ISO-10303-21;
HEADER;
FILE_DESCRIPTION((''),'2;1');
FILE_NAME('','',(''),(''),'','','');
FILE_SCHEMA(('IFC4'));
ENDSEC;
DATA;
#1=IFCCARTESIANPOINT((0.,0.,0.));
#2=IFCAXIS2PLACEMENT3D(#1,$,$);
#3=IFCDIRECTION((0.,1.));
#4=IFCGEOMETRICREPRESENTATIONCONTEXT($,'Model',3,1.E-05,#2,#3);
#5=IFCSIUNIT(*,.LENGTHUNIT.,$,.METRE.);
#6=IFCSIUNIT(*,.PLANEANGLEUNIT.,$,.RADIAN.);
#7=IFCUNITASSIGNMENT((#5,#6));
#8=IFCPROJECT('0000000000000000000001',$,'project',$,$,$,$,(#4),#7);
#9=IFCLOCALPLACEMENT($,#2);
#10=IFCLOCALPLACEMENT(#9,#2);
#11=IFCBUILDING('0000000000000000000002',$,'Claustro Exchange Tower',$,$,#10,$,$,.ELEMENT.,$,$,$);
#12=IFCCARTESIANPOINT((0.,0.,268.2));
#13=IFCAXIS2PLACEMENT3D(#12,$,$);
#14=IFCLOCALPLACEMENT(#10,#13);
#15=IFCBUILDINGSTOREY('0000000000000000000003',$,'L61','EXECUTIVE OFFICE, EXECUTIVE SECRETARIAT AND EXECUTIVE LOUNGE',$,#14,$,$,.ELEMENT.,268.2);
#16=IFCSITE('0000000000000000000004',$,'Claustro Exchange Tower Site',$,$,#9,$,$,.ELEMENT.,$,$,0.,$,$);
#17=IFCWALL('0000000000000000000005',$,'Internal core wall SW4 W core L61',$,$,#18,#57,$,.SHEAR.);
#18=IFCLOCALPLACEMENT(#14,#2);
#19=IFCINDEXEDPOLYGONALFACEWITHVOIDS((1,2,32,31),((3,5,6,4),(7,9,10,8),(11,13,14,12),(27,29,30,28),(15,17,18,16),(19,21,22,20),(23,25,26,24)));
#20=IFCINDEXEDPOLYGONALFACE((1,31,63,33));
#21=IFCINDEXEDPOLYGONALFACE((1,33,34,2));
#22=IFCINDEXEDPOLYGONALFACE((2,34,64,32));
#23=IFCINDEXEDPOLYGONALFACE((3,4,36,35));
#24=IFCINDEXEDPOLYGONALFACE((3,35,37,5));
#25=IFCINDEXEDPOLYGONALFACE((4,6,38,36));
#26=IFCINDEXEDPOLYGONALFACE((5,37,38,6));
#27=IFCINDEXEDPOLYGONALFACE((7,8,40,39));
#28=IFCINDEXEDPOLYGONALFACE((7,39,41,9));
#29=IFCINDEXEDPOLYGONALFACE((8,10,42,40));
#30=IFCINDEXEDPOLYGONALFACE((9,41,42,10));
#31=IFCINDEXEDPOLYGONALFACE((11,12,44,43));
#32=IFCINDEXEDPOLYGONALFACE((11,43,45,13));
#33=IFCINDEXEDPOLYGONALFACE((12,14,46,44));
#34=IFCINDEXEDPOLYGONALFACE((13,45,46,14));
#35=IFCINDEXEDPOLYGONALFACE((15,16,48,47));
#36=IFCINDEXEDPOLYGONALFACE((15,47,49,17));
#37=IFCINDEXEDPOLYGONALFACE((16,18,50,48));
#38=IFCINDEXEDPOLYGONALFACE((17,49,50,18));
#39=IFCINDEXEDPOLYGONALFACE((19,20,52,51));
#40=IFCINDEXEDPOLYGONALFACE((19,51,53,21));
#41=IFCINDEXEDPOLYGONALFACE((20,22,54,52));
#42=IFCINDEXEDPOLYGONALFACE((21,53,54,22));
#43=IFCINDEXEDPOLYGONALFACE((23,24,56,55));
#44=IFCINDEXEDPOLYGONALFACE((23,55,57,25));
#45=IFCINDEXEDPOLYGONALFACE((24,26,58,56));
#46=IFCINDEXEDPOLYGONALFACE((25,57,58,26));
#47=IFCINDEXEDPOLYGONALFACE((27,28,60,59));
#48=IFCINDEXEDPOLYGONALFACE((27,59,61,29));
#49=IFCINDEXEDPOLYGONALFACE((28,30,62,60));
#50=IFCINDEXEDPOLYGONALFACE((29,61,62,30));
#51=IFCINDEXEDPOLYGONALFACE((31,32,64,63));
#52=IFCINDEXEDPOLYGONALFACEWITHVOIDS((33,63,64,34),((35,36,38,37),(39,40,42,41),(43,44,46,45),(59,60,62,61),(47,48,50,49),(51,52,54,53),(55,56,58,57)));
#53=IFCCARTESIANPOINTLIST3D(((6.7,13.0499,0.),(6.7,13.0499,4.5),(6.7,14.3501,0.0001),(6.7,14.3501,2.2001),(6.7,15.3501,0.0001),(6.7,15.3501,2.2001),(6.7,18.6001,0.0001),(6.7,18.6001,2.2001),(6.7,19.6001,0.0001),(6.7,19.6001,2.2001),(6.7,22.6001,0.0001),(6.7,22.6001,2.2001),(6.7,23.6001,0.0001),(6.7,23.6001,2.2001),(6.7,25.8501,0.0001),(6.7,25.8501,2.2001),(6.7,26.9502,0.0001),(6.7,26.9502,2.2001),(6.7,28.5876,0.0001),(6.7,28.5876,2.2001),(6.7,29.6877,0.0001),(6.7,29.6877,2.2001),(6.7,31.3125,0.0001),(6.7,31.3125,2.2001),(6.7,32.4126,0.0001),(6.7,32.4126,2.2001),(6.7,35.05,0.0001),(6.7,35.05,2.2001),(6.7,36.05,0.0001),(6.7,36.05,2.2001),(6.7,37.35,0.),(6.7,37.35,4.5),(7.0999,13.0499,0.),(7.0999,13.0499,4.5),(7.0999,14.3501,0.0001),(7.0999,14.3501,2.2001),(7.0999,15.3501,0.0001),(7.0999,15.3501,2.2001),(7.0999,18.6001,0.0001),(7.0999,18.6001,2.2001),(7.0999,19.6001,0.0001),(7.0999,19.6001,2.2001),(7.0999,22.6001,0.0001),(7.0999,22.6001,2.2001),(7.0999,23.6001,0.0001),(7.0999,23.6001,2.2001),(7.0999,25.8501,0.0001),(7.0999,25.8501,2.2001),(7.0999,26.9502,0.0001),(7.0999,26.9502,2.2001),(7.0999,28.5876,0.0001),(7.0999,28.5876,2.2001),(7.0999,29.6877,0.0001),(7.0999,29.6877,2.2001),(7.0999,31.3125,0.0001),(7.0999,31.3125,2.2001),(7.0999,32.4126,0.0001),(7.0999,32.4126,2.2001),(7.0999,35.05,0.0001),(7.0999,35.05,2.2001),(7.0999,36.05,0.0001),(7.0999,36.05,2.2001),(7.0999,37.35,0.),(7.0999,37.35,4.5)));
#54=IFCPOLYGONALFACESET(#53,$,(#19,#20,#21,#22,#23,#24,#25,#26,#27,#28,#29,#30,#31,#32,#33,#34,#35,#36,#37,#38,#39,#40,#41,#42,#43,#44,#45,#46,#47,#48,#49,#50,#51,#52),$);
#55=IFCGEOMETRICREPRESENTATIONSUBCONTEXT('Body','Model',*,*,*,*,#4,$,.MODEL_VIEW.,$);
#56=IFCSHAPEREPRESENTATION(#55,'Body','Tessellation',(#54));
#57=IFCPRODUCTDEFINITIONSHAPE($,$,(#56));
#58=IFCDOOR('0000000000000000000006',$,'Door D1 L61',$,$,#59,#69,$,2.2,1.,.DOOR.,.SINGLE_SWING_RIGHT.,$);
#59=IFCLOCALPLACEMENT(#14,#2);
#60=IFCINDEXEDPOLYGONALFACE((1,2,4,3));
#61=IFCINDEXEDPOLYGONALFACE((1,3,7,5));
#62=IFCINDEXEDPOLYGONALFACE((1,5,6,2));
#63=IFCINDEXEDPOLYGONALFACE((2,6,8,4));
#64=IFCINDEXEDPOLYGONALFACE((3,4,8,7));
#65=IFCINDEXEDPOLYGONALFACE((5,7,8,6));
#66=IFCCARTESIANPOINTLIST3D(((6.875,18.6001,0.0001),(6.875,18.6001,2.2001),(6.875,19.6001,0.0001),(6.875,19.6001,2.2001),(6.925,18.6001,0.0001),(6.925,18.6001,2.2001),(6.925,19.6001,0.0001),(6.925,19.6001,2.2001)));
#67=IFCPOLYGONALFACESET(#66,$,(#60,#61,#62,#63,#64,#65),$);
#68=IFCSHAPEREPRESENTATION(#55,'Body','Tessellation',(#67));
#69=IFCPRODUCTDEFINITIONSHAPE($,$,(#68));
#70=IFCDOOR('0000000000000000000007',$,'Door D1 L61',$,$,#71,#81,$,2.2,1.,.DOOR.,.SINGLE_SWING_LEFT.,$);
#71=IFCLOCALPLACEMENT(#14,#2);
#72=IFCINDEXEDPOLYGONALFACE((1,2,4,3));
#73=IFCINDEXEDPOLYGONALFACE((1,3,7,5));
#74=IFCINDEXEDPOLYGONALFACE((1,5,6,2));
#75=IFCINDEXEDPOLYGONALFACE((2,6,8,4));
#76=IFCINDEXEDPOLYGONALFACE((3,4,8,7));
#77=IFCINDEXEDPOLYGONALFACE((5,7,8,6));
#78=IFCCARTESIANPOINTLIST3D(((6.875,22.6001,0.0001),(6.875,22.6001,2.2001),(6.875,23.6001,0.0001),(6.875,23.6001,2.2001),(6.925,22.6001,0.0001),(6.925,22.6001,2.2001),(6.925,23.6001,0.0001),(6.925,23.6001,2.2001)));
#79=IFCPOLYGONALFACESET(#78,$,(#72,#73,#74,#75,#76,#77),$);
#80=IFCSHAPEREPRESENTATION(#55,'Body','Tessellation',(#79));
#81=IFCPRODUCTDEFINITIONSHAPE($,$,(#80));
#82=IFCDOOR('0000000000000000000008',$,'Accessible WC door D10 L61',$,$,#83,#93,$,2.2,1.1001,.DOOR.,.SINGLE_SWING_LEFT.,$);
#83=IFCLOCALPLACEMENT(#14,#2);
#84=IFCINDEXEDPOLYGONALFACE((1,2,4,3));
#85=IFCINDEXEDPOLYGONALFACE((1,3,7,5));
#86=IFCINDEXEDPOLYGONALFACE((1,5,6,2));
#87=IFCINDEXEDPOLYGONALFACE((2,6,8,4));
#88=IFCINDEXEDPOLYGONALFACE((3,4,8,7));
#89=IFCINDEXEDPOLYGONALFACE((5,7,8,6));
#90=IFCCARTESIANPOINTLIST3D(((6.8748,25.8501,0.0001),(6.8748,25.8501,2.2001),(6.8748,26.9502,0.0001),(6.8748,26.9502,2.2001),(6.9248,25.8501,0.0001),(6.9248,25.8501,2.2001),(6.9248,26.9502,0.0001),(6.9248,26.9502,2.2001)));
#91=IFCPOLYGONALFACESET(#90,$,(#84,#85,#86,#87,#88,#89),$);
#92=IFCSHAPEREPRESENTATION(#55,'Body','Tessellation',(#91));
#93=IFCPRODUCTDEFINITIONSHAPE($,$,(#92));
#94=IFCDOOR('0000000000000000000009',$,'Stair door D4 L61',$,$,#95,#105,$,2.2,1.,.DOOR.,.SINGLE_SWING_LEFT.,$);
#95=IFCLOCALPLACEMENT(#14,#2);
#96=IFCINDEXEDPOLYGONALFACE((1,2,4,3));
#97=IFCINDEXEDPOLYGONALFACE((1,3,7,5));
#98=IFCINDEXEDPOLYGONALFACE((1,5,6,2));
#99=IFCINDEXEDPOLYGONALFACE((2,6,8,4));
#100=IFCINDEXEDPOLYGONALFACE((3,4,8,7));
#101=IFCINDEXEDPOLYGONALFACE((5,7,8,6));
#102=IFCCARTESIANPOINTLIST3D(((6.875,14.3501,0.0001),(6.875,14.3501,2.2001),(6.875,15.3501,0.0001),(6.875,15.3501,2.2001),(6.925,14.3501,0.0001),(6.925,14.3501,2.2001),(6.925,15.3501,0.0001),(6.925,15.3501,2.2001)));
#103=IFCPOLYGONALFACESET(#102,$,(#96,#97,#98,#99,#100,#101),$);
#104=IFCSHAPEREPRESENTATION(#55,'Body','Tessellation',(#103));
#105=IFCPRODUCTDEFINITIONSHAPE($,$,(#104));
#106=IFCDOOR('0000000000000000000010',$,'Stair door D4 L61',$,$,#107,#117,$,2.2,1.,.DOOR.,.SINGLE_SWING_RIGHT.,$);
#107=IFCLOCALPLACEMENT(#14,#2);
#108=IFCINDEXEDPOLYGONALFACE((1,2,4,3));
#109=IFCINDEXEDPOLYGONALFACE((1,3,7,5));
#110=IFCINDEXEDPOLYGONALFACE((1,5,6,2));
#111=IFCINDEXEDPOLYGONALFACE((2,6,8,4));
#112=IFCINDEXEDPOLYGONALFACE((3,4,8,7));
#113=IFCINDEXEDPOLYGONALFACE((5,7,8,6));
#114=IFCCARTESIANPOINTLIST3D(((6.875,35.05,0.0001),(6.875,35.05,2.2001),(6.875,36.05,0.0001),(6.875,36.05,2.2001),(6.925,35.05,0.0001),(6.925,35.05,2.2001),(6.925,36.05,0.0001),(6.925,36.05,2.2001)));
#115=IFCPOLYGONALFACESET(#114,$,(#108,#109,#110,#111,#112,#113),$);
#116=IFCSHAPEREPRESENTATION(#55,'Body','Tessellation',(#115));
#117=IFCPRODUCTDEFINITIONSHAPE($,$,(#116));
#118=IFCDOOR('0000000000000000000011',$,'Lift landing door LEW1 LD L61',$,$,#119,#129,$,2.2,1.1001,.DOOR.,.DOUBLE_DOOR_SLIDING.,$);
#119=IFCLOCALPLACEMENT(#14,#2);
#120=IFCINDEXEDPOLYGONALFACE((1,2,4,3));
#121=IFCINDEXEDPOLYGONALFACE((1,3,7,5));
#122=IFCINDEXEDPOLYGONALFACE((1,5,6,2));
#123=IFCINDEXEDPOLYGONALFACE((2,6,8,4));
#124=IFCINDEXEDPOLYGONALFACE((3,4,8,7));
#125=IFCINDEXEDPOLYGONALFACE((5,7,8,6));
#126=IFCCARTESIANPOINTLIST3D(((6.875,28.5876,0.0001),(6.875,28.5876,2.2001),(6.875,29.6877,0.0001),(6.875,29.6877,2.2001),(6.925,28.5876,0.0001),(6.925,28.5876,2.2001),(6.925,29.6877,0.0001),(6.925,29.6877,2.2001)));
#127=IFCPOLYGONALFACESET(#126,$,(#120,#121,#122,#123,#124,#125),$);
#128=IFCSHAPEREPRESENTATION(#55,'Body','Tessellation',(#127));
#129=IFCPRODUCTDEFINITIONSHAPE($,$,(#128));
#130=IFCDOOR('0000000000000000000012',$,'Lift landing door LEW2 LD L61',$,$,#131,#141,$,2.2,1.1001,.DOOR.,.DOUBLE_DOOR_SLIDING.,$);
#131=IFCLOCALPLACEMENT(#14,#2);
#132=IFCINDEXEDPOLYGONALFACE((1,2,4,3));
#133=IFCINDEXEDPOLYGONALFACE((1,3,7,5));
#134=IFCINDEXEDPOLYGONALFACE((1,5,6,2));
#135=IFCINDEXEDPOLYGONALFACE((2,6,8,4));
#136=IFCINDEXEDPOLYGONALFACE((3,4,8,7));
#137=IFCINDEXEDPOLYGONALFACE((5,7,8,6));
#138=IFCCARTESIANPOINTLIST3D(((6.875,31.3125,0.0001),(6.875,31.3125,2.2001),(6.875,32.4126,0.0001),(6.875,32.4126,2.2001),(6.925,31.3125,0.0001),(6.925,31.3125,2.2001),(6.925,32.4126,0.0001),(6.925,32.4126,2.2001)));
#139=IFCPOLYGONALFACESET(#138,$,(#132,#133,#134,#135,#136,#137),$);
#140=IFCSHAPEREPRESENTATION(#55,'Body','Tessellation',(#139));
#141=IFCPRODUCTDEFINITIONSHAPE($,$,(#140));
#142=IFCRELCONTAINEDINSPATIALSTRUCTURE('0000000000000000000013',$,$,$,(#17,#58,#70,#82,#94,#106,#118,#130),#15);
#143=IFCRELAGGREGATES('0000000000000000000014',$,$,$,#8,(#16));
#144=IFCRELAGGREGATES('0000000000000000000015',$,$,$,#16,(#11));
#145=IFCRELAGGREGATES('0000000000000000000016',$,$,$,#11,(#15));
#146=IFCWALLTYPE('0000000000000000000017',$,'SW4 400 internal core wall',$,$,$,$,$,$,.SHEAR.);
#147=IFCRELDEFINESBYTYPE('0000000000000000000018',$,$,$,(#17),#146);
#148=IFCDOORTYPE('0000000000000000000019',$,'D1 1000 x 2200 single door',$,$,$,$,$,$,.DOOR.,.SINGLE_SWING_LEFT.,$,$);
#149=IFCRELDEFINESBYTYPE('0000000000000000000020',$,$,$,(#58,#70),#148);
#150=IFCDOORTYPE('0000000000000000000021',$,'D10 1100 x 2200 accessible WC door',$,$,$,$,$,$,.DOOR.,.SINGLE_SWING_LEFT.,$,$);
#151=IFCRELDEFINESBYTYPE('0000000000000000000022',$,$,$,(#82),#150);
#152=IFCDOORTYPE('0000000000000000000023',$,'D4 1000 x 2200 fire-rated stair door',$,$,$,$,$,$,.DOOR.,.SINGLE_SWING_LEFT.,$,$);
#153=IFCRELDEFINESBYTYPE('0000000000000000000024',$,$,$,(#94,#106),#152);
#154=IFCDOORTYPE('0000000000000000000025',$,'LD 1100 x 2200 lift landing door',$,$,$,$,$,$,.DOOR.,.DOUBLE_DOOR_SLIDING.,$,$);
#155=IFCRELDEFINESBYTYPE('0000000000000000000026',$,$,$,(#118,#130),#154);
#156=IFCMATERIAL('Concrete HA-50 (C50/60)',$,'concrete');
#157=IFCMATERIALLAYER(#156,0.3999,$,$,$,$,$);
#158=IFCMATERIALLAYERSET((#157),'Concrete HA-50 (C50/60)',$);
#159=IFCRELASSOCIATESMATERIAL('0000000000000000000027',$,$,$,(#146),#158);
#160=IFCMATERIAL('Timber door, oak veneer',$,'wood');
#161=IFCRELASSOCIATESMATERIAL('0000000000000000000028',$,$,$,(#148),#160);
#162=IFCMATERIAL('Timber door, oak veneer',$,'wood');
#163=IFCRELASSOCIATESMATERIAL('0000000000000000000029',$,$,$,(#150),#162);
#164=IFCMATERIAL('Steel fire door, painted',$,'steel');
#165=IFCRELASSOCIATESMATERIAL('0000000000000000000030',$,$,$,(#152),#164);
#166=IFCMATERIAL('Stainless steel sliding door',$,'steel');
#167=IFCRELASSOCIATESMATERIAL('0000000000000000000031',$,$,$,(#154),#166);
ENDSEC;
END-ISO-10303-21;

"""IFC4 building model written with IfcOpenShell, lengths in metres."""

from ifc_helpers import new_model, si_unit, direction, frame, frame_2d, origin, place, context, subcontext, project, spatial, rectangle, extrude, material, layer, layer_set, type_object, element, fill, save


model = new_model("IFC4")

# Units and contexts
model_context = context("Model", 3, precision=1e-05, world=origin(), true_north=direction((0.0, 1.0)))
body_context = subcontext(model_context, "Body", "Model", "MODEL_VIEW")
ifc_project = project(units=[si_unit("LENGTHUNIT", "METRE"), si_unit("PLANEANGLEUNIT", "RADIAN")], contexts=[model_context])

# Site, building, storey
site_placement = place(None, origin())
site = spatial("IfcSite", under=ifc_project, at=site_placement, Name="Claustro Exchange Tower Site", CompositionType="ELEMENT", RefElevation=0.0)
building_placement = place(site_placement, origin())
building = spatial("IfcBuilding", under=site, at=building_placement, Name="Claustro Exchange Tower", CompositionType="ELEMENT")
storey_placement = place(building_placement, frame((0.0, 0.0, 268.2)))
storey = spatial("IfcBuildingStorey", under=building, at=storey_placement, Name="L61", Description="EXECUTIVE OFFICE, EXECUTIVE SECRETARIAT AND EXECUTIVE LOUNGE", CompositionType="ELEMENT", Elevation=268.2)

# Wall, openings, doors
ifc_material_1 = material(Name="Concrete HA-50 (C50/60)", Category="concrete")
ifc_layer_1 = layer(ifc_material_1, 0.3999)
ifc_layer_set_1 = layer_set([ifc_layer_1], Name="Concrete HA-50 (C50/60)")
wall_type_1 = type_object("IfcWallType", Name="SW4 400 internal core wall", PredefinedType="SHEAR", material=ifc_layer_set_1)
wall_1_placement = place(storey_placement, frame((6.8999, 13.05, 0.0), z_axis=(0.0, 0.0, 1.0), x_axis=(0.0, 1.0, 0.0)))
wall_1 = element("IfcWall", 1, at=wall_1_placement, inside=storey, type_object=wall_type_1, Name="Internal core wall SW4 W core L61", PredefinedType="SHEAR", context=body_context, shape_type="SweptSolid", body=[
    extrude(rectangle(XDim=24.3, YDim=0.3999, at=frame_2d((12.1499, 0.0))), origin(), (0.0, 0.0, 1.0), 4.5),
])
opening_1_placement = place(wall_1_placement, frame((1.3, 0.0, 0.0)))
opening_1 = element("IfcOpeningElement", 2, at=opening_1_placement, cuts=wall_1, PredefinedType="OPENING", context=body_context, shape_type="SweptSolid", body=[
    extrude(rectangle(XDim=1.0, YDim=2.2, at=frame_2d((0.5, 1.1001))), frame((0.0, 0.21, 0.0), z_axis=(0.0, -1.0, 0.0), x_axis=(1.0, 0.0, 0.0)), (0.0, 0.0, 1.0), 0.4199),
])
opening_2_placement = place(wall_1_placement, frame((22.0, 0.0, 0.0)))
opening_2 = element("IfcOpeningElement", 3, at=opening_2_placement, cuts=wall_1, PredefinedType="OPENING", context=body_context, shape_type="SweptSolid", body=[
    extrude(rectangle(XDim=1.0, YDim=2.2, at=frame_2d((0.5, 1.1001))), frame((0.0, 0.21, 0.0), z_axis=(0.0, -1.0, 0.0), x_axis=(1.0, 0.0, 0.0)), (0.0, 0.0, 1.0), 0.4199),
])
opening_3_placement = place(wall_1_placement, frame((5.55, 0.0, 0.0)))
opening_3 = element("IfcOpeningElement", 4, at=opening_3_placement, cuts=wall_1, PredefinedType="OPENING", context=body_context, shape_type="SweptSolid", body=[
    extrude(rectangle(XDim=1.0, YDim=2.2, at=frame_2d((0.5, 1.1001))), frame((0.0, 0.21, 0.0), z_axis=(0.0, -1.0, 0.0), x_axis=(1.0, 0.0, 0.0)), (0.0, 0.0, 1.0), 0.4199),
])
opening_4_placement = place(wall_1_placement, frame((9.55, 0.0, 0.0)))
opening_4 = element("IfcOpeningElement", 5, at=opening_4_placement, cuts=wall_1, PredefinedType="OPENING", context=body_context, shape_type="SweptSolid", body=[
    extrude(rectangle(XDim=1.0, YDim=2.2, at=frame_2d((0.5, 1.1001))), frame((0.0, 0.21, 0.0), z_axis=(0.0, -1.0, 0.0), x_axis=(1.0, 0.0, 0.0)), (0.0, 0.0, 1.0), 0.4199),
])
opening_5_placement = place(wall_1_placement, frame((12.8, 0.0, 0.0)))
opening_5 = element("IfcOpeningElement", 6, at=opening_5_placement, cuts=wall_1, PredefinedType="OPENING", context=body_context, shape_type="SweptSolid", body=[
    extrude(rectangle(XDim=1.1001, YDim=2.2, at=frame_2d((0.55, 1.1001))), frame((0.0, 0.21, 0.0), z_axis=(0.0, -1.0, 0.0), x_axis=(1.0, 0.0, 0.0)), (0.0, 0.0, 1.0), 0.4199),
])
opening_6_placement = place(wall_1_placement, frame((15.5376, 0.0, 0.0)))
opening_6 = element("IfcOpeningElement", 7, at=opening_6_placement, cuts=wall_1, PredefinedType="OPENING", context=body_context, shape_type="SweptSolid", body=[
    extrude(rectangle(XDim=1.1001, YDim=2.2, at=frame_2d((0.55, 1.1001))), frame((0.0, 0.21, 0.0), z_axis=(0.0, -1.0, 0.0), x_axis=(1.0, 0.0, 0.0)), (0.0, 0.0, 1.0), 0.4199),
])
opening_7_placement = place(wall_1_placement, frame((18.2625, 0.0, 0.0)))
opening_7 = element("IfcOpeningElement", 8, at=opening_7_placement, cuts=wall_1, PredefinedType="OPENING", context=body_context, shape_type="SweptSolid", body=[
    extrude(rectangle(XDim=1.1001, YDim=2.2, at=frame_2d((0.55, 1.1001))), frame((0.0, 0.21, 0.0), z_axis=(0.0, -1.0, 0.0), x_axis=(1.0, 0.0, 0.0)), (0.0, 0.0, 1.0), 0.4199),
])
ifc_material_2 = material(Name="Timber door, oak veneer", Category="wood")
door_type_1 = type_object("IfcDoorType", Name="D1 1000 x 2200 single door", OperationType="SINGLE_SWING_LEFT", PredefinedType="DOOR", material=ifc_material_2)
door_1_placement = place(opening_3_placement, origin())
door_1 = element("IfcDoor", 9, at=door_1_placement, inside=storey, type_object=door_type_1, Name="Door D1 L61", OperationType="SINGLE_SWING_RIGHT", OverallHeight=2.2, OverallWidth=1.0, PredefinedType="DOOR", context=body_context, shape_type="SweptSolid", body=[
    extrude(rectangle(XDim=1.0, YDim=2.2, at=frame_2d((0.5, 1.1001))), frame((0.0, 0.0249, 0.0), z_axis=(0.0, -1.0, 0.0), x_axis=(1.0, 0.0, 0.0)), (0.0, 0.0, 1.0), 0.05),
])
fill(opening_3, door_1)
door_2_placement = place(opening_4_placement, origin())
door_2 = element("IfcDoor", 10, at=door_2_placement, inside=storey, type_object=door_type_1, Name="Door D1 L61", OperationType="SINGLE_SWING_LEFT", OverallHeight=2.2, OverallWidth=1.0, PredefinedType="DOOR", context=body_context, shape_type="SweptSolid", body=[
    extrude(rectangle(XDim=1.0, YDim=2.2, at=frame_2d((0.5, 1.1001))), frame((0.0, 0.0249, 0.0), z_axis=(0.0, -1.0, 0.0), x_axis=(1.0, 0.0, 0.0)), (0.0, 0.0, 1.0), 0.05),
])
fill(opening_4, door_2)
ifc_material_3 = material(Name="Timber door, oak veneer", Category="wood")
door_type_2 = type_object("IfcDoorType", Name="D10 1100 x 2200 accessible WC door", OperationType="SINGLE_SWING_LEFT", PredefinedType="DOOR", material=ifc_material_3)
door_3_placement = place(opening_5_placement, frame((1.1001, 0.0, 0.0), z_axis=(0.0, 0.0, 1.0), x_axis=(-1.0, 0.0, 0.0)))
door_3 = element("IfcDoor", 11, at=door_3_placement, inside=storey, type_object=door_type_2, Name="Accessible WC door D10 L61", OperationType="SINGLE_SWING_LEFT", OverallHeight=2.2, OverallWidth=1.1001, PredefinedType="DOOR", context=body_context, shape_type="SweptSolid", body=[
    extrude(rectangle(XDim=1.1001, YDim=2.2, at=frame_2d((0.55, 1.1001))), frame((0.0, 0.0249, 0.0), z_axis=(0.0, -1.0, 0.0), x_axis=(1.0, 0.0, 0.0)), (0.0, 0.0, 1.0), 0.05),
])
fill(opening_5, door_3)
ifc_material_4 = material(Name="Steel fire door, painted", Category="steel")
door_type_3 = type_object("IfcDoorType", Name="D4 1000 x 2200 fire-rated stair door", OperationType="SINGLE_SWING_LEFT", PredefinedType="DOOR", material=ifc_material_4)
door_4_placement = place(opening_1_placement, origin())
door_4 = element("IfcDoor", 12, at=door_4_placement, inside=storey, type_object=door_type_3, Name="Stair door D4 L61", OperationType="SINGLE_SWING_LEFT", OverallHeight=2.2, OverallWidth=1.0, PredefinedType="DOOR", context=body_context, shape_type="SweptSolid", body=[
    extrude(rectangle(XDim=1.0, YDim=2.2, at=frame_2d((0.5, 1.1001))), frame((0.0, 0.0249, 0.0), z_axis=(0.0, -1.0, 0.0), x_axis=(1.0, 0.0, 0.0)), (0.0, 0.0, 1.0), 0.05),
])
fill(opening_1, door_4)
door_5_placement = place(opening_2_placement, origin())
door_5 = element("IfcDoor", 13, at=door_5_placement, inside=storey, type_object=door_type_3, Name="Stair door D4 L61", OperationType="SINGLE_SWING_RIGHT", OverallHeight=2.2, OverallWidth=1.0, PredefinedType="DOOR", context=body_context, shape_type="SweptSolid", body=[
    extrude(rectangle(XDim=1.0, YDim=2.2, at=frame_2d((0.5, 1.1001))), frame((0.0, 0.0249, 0.0), z_axis=(0.0, -1.0, 0.0), x_axis=(1.0, 0.0, 0.0)), (0.0, 0.0, 1.0), 0.05),
])
fill(opening_2, door_5)
ifc_material_5 = material(Name="Stainless steel sliding door", Category="steel")
door_type_4 = type_object("IfcDoorType", Name="LD 1100 x 2200 lift landing door", OperationType="DOUBLE_DOOR_SLIDING", PredefinedType="DOOR", material=ifc_material_5)
door_6_placement = place(opening_6_placement, origin())
door_6 = element("IfcDoor", 14, at=door_6_placement, inside=storey, type_object=door_type_4, Name="Lift landing door LEW1 LD L61", OperationType="DOUBLE_DOOR_SLIDING", OverallHeight=2.2, OverallWidth=1.1001, PredefinedType="DOOR", context=body_context, shape_type="SweptSolid", body=[
    extrude(rectangle(XDim=1.1001, YDim=2.2, at=frame_2d((0.55, 1.1001))), frame((0.0, 0.0249, 0.0), z_axis=(0.0, -1.0, 0.0), x_axis=(1.0, 0.0, 0.0)), (0.0, 0.0, 1.0), 0.05),
])
fill(opening_6, door_6)
door_7_placement = place(opening_7_placement, origin())
door_7 = element("IfcDoor", 15, at=door_7_placement, inside=storey, type_object=door_type_4, Name="Lift landing door LEW2 LD L61", OperationType="DOUBLE_DOOR_SLIDING", OverallHeight=2.2, OverallWidth=1.1001, PredefinedType="DOOR", context=body_context, shape_type="SweptSolid", body=[
    extrude(rectangle(XDim=1.1001, YDim=2.2, at=frame_2d((0.55, 1.1001))), frame((0.0, 0.0249, 0.0), z_axis=(0.0, -1.0, 0.0), x_axis=(1.0, 0.0, 0.0)), (0.0, 0.0, 1.0), 0.05),
])
fill(opening_7, door_7)

save(model, "model.ifc")
